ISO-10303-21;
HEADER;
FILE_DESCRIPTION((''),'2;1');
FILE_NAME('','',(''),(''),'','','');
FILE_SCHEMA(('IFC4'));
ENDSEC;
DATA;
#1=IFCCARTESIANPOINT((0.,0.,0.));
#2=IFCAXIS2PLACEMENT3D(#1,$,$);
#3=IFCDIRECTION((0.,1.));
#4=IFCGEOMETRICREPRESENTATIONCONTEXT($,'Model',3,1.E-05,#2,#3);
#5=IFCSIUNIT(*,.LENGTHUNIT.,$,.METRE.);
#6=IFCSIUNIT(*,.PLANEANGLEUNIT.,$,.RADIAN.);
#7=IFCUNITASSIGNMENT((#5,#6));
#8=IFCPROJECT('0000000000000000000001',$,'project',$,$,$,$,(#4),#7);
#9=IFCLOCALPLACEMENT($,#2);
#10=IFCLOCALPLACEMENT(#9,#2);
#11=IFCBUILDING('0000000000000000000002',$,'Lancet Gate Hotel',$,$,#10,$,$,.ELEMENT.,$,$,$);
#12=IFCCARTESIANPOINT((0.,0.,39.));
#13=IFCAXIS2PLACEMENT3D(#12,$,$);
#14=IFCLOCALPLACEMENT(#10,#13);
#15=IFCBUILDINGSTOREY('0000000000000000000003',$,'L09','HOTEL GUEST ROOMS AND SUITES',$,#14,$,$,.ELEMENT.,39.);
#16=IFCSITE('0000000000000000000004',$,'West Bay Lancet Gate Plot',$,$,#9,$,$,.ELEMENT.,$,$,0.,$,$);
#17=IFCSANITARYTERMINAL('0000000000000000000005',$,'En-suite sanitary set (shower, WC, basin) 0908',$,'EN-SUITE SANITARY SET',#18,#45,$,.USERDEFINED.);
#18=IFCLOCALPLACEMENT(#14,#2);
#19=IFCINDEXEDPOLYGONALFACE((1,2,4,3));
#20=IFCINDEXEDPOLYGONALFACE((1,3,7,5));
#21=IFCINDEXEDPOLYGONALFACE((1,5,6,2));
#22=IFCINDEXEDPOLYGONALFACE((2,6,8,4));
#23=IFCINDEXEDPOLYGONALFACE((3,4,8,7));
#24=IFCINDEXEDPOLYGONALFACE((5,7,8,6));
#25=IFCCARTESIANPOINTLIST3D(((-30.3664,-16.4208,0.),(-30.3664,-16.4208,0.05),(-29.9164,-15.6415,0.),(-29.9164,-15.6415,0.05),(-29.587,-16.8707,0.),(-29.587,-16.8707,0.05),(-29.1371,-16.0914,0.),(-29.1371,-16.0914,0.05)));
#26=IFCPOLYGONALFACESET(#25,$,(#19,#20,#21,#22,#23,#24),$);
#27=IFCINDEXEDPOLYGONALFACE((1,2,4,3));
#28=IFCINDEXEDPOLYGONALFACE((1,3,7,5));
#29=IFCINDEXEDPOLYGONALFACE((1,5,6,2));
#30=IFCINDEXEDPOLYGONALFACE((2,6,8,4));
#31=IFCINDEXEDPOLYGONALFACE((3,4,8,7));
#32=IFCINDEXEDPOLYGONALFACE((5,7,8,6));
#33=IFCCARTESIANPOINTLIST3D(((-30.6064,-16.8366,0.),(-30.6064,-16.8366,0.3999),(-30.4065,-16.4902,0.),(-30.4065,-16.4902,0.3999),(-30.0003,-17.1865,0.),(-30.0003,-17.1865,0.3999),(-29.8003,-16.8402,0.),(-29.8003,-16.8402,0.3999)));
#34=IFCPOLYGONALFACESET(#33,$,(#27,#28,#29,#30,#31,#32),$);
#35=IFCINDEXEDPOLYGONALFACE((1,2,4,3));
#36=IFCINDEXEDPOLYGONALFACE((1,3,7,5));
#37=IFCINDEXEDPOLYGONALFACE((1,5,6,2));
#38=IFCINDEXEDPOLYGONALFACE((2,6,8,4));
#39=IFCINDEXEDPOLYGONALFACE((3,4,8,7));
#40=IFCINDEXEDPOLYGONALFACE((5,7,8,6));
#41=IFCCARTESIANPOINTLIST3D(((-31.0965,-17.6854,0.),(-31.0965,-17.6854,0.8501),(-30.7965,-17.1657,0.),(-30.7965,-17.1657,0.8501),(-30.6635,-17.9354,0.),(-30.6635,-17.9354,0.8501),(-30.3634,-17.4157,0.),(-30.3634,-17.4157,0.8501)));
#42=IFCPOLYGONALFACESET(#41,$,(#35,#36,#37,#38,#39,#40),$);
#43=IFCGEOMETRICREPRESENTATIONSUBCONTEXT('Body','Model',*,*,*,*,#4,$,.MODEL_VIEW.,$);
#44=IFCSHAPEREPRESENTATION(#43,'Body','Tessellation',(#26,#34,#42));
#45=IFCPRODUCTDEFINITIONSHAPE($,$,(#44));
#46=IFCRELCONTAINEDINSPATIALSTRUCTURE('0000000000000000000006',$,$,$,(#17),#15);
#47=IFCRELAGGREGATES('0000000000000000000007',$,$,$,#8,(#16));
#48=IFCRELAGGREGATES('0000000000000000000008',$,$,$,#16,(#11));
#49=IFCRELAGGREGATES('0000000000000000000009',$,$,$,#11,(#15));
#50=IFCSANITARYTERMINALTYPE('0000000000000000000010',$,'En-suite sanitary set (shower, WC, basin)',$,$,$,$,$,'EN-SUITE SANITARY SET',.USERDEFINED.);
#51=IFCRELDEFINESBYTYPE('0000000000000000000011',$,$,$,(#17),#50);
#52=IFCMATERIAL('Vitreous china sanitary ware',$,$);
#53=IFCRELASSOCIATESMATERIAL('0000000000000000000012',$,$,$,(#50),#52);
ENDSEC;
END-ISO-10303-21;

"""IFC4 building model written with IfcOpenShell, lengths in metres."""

from ifc_helpers import new_model, si_unit, direction, frame, origin, origin_2d, place, context, subcontext, project, spatial, rectangle, extrude, material, type_object, element, save


model = new_model("IFC4")

# Units and contexts
model_context = context("Model", 3, precision=1e-05, world=origin(), true_north=direction((0.0, 1.0)))
body_context = subcontext(model_context, "Body", "Model", "MODEL_VIEW")
ifc_project = project(units=[si_unit("LENGTHUNIT", "METRE"), si_unit("PLANEANGLEUNIT", "RADIAN")], contexts=[model_context])

# Site, building, storey
site_placement = place(None, origin())
site = spatial("IfcSite", under=ifc_project, at=site_placement, Name="West Bay Lancet Gate Plot", CompositionType="ELEMENT", RefElevation=0.0)
building_placement = place(site_placement, origin())
building = spatial("IfcBuilding", under=site, at=building_placement, Name="Lancet Gate Hotel", CompositionType="ELEMENT")
storey_placement = place(building_placement, frame((0.0, 0.0, 39.0)))
storey = spatial("IfcBuildingStorey", under=building, at=storey_placement, Name="L09", Description="HOTEL GUEST ROOMS AND SUITES", CompositionType="ELEMENT", Elevation=39.0)

# Sanitary terminal
ifc_material_1 = material(Name="Vitreous china sanitary ware")
sanitary_terminal_type = type_object("IfcSanitaryTerminalType", Name="En-suite sanitary set (shower, WC, basin)", ElementType="EN-SUITE SANITARY SET", PredefinedType="USERDEFINED", material=ifc_material_1)
sanitary_terminal_placement = place(storey_placement, frame((-29.7517, -16.2561, 0.0), z_axis=(0.0, 0.0, 1.0), x_axis=(1.0, 0.0, 0.0)))
element("IfcSanitaryTerminal", 1, at=sanitary_terminal_placement, inside=storey, type_object=sanitary_terminal_type, Name="En-suite sanitary set (shower, WC, basin) 0908", ObjectType="EN-SUITE SANITARY SET", PredefinedType="USERDEFINED", context=body_context, shape_type="SweptSolid", body=[
    extrude(rectangle(XDim=0.8999, YDim=0.8999, at=origin_2d()), frame((0.0, 0.0, 0.0), z_axis=(0.0, 0.0, 1.0), x_axis=(0.5, 0.866025, 0.0)), (0.0, 0.0, 1.0), 0.05),
    extrude(rectangle(XDim=0.3999, YDim=0.7, at=origin_2d()), frame((-0.4517, -0.5823, 0.0), z_axis=(0.0, 0.0, 1.0), x_axis=(0.5, 0.866025, 0.0)), (0.0, 0.0, 1.0), 0.3999),
    extrude(rectangle(XDim=0.6001, YDim=0.5, at=origin_2d()), frame((-0.9783, -1.2944, 0.0), z_axis=(0.0, 0.0, 1.0), x_axis=(0.5, 0.866025, 0.0)), (0.0, 0.0, 1.0), 0.8501),
])

save(model, "model.ifc")
